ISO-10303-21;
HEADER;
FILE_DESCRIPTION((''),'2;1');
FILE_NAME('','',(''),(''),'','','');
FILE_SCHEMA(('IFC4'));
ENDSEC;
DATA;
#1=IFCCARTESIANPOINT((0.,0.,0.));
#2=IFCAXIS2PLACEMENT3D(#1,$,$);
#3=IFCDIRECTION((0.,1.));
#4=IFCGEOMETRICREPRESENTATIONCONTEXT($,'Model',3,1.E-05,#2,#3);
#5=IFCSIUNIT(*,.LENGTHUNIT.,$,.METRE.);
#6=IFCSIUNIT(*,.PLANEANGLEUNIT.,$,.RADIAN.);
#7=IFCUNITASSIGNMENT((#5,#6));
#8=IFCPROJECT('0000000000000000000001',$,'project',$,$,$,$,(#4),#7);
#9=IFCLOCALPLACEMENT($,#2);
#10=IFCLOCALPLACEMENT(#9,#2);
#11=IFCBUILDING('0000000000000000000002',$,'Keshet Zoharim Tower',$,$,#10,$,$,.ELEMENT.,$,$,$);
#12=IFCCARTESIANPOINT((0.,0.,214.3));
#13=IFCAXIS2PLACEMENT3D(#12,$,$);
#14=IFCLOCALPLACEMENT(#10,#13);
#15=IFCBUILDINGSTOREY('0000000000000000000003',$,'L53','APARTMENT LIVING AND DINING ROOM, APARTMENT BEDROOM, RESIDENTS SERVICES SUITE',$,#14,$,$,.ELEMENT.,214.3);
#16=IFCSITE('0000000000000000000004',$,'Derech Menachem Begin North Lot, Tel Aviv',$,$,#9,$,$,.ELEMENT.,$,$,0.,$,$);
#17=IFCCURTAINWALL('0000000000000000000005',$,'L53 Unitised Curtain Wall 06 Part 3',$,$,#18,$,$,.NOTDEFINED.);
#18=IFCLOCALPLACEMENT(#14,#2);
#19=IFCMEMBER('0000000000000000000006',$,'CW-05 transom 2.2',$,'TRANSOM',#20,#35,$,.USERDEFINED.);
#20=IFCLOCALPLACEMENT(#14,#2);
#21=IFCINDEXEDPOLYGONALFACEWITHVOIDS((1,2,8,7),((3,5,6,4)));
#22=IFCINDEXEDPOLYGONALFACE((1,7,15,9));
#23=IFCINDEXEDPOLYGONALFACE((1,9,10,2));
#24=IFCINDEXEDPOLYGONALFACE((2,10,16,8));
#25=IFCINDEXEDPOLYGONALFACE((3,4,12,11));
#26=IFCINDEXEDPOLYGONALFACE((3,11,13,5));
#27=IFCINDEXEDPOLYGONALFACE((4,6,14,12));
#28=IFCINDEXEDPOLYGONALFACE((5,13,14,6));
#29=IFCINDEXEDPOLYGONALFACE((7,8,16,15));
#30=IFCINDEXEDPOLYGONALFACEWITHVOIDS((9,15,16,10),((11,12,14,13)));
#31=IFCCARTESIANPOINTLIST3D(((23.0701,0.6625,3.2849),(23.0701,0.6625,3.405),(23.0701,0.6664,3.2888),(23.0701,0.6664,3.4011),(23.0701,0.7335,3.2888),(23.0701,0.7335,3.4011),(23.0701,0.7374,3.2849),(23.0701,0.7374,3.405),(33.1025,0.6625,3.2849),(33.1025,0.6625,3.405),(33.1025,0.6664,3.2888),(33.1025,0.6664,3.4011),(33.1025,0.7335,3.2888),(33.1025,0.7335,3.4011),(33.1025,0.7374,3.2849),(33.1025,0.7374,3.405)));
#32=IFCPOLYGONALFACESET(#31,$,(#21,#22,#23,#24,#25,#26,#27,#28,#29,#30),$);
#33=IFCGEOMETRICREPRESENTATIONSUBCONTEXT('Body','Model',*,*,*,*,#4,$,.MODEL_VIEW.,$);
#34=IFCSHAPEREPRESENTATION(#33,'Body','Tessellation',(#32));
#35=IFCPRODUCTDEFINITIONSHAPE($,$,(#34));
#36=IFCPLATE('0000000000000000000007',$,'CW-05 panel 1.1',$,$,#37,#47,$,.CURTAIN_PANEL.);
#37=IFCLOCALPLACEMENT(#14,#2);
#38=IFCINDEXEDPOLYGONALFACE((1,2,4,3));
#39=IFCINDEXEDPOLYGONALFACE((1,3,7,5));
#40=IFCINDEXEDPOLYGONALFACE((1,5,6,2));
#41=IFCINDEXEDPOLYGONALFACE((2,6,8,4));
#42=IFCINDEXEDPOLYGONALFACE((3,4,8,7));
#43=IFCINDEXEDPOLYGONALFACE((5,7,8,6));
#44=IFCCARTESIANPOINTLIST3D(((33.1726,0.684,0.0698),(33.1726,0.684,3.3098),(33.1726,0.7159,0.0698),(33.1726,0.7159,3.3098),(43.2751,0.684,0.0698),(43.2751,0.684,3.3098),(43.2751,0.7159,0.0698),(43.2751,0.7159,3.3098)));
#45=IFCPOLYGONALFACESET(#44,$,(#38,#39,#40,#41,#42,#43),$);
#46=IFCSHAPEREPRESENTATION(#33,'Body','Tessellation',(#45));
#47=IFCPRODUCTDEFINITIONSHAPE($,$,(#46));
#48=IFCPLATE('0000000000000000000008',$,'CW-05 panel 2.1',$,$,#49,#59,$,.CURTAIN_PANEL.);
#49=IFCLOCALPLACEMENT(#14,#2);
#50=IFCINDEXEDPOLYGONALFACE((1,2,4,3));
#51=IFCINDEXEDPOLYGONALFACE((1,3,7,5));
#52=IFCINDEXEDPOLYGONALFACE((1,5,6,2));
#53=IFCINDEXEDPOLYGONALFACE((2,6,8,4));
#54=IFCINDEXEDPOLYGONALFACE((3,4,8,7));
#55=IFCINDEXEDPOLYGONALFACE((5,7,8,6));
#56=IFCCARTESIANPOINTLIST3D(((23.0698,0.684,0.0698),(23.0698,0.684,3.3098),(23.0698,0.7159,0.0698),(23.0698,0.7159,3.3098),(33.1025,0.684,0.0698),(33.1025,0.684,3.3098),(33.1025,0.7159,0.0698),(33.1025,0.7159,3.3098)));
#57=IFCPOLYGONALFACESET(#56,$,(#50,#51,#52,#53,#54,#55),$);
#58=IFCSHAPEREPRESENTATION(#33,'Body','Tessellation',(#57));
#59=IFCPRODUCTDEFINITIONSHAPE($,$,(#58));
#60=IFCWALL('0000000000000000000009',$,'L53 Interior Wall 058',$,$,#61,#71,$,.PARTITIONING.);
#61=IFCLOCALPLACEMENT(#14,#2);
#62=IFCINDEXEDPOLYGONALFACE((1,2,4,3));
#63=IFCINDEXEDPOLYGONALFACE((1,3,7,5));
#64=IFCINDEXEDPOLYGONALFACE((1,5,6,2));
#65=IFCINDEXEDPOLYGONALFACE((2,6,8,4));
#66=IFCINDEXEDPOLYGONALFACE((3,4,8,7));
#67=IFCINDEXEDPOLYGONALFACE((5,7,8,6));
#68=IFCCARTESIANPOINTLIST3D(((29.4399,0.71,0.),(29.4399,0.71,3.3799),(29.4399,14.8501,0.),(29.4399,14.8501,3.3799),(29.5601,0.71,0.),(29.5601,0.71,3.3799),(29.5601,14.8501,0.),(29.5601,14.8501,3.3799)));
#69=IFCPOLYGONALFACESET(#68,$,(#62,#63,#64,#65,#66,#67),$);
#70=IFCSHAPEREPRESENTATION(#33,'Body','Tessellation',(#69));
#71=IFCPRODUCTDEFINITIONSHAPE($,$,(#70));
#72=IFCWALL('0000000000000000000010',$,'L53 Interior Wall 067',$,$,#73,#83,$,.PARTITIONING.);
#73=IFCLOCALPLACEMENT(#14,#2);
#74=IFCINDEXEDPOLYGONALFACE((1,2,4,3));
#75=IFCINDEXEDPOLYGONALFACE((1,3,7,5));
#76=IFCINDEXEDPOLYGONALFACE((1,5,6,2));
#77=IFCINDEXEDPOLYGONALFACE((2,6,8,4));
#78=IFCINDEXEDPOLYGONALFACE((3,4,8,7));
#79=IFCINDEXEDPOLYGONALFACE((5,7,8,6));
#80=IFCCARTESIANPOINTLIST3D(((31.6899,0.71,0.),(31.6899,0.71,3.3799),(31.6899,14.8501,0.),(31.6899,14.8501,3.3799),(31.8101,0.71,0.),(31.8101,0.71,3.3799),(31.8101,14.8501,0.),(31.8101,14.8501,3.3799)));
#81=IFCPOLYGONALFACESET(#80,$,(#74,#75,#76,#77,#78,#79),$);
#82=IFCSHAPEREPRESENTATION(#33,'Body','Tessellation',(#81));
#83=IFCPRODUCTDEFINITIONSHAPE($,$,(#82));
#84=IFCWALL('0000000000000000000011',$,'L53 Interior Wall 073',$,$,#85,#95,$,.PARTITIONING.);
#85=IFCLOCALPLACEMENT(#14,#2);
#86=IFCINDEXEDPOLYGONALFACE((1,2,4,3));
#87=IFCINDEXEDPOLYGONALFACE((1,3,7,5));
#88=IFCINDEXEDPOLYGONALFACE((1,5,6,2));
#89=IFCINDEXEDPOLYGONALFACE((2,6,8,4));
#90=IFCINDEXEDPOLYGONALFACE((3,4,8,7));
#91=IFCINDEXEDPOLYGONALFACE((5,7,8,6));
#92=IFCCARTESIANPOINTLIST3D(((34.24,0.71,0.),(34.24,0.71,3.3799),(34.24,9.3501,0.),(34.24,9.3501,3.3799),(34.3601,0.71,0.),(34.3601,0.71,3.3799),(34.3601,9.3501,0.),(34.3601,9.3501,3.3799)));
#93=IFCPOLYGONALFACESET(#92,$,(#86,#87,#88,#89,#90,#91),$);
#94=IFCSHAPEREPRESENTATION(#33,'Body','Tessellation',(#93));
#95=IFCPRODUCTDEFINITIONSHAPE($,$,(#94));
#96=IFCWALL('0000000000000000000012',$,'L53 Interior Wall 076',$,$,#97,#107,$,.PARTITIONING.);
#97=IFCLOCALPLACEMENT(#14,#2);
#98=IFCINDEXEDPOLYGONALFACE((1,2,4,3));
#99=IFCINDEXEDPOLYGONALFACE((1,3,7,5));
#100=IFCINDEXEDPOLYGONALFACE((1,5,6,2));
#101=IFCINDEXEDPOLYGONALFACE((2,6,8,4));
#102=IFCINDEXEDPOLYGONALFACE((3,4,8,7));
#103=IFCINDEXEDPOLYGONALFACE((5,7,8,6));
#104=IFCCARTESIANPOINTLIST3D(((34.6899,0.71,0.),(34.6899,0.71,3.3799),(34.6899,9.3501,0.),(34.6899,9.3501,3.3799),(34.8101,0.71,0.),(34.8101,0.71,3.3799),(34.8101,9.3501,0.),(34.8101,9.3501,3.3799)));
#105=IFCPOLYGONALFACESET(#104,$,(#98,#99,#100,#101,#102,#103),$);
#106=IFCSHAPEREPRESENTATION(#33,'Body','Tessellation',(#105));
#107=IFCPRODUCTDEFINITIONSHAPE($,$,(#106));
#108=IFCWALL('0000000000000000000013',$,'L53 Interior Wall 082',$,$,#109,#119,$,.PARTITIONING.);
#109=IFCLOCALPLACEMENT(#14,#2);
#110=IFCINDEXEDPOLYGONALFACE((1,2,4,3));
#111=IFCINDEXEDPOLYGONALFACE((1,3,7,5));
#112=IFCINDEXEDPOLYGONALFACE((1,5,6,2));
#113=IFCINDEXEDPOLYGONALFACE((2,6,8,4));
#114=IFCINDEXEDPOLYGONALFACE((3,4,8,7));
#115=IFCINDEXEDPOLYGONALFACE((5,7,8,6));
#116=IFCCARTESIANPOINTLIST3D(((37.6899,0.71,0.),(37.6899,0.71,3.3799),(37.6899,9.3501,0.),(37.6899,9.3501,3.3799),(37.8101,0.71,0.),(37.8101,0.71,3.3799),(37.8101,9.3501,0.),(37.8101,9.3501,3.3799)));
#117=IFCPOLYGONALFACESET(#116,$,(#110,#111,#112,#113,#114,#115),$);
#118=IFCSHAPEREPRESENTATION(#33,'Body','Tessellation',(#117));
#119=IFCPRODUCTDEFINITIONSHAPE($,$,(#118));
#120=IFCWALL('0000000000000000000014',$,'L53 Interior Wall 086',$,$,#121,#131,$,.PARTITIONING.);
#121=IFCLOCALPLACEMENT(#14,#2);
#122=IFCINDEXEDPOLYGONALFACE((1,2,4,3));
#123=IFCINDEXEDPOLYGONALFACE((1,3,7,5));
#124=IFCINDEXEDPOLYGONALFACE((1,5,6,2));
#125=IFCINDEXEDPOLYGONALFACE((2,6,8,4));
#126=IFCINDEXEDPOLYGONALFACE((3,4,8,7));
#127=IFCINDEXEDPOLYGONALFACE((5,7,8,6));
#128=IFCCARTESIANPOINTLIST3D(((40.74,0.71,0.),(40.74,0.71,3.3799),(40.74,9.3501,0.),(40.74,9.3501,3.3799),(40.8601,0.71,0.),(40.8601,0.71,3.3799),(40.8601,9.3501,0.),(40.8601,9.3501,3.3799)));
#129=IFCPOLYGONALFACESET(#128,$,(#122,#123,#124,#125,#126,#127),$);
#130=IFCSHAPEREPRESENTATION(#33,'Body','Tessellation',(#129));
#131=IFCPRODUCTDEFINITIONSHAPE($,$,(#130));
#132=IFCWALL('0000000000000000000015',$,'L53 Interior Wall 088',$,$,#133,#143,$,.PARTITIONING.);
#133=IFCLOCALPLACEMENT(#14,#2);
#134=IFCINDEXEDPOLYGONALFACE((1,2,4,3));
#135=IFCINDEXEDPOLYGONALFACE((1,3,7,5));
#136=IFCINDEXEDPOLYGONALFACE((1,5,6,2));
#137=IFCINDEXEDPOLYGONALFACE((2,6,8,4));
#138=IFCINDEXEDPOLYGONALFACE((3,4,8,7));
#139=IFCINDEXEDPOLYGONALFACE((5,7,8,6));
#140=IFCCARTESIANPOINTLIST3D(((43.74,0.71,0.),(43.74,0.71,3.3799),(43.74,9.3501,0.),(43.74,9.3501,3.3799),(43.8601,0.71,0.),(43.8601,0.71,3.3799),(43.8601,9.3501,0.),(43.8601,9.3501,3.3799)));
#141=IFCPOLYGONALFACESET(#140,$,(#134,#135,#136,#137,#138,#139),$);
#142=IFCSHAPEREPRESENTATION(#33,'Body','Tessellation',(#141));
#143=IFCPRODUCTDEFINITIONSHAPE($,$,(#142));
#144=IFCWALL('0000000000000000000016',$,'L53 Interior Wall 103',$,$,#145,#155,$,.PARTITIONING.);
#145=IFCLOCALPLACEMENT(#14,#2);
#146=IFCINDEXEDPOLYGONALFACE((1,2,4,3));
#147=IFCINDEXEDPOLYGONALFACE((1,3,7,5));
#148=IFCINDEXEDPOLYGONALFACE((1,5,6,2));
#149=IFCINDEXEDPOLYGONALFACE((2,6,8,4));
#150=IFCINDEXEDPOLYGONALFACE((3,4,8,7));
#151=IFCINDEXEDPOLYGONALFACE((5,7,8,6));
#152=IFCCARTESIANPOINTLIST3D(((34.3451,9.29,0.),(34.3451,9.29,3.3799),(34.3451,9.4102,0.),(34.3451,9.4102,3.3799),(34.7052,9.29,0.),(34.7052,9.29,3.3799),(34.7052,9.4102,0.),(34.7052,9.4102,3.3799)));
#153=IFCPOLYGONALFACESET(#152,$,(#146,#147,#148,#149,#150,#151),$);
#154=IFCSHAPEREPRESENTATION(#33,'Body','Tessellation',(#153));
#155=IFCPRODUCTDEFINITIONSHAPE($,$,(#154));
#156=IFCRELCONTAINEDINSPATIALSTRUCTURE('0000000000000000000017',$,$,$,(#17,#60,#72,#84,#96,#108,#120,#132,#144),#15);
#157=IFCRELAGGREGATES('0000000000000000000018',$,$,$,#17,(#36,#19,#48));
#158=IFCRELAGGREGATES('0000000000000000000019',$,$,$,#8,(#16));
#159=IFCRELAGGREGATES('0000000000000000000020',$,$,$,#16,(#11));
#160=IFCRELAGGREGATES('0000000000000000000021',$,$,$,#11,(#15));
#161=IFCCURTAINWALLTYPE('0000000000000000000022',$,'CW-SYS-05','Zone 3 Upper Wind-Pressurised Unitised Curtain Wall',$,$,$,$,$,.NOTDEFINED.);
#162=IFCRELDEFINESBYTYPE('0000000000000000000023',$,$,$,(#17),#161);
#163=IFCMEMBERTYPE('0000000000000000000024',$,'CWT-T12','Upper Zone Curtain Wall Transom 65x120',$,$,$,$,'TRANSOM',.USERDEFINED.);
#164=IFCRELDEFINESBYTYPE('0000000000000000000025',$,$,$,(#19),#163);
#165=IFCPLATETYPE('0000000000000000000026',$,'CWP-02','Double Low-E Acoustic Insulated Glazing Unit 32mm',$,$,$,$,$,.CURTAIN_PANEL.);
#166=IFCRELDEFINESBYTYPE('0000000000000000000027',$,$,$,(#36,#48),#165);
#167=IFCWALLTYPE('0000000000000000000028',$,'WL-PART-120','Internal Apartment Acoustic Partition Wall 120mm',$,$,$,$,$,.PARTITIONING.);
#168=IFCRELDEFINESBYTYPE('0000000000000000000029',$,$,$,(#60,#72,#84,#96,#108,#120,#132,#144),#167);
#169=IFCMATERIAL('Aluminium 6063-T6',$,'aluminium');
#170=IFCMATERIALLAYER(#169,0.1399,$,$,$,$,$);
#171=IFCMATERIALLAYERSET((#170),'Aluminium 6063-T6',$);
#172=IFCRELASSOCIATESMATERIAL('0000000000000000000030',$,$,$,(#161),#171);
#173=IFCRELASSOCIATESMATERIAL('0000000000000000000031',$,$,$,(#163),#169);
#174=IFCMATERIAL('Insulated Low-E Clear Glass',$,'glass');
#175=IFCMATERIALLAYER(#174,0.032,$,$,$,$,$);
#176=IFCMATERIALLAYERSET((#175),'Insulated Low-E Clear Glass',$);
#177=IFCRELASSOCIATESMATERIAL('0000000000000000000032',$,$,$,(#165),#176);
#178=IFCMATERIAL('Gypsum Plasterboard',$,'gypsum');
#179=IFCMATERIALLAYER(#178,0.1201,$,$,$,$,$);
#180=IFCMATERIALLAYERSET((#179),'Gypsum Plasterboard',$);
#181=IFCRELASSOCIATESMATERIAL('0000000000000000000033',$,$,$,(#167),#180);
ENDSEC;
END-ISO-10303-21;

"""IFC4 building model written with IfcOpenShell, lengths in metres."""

from ifc_helpers import new_model, si_unit, direction, frame, frame_2d, origin, origin_2d, place, context, subcontext, project, spatial, rectangle, hollow_rectangle, extrude, material, layer, layer_set, material_profile, profile_set, type_object, element, aggregate, save


model = new_model("IFC4")

# Units and contexts
model_context = context("Model", 3, precision=1e-05, world=origin(), true_north=direction((0.0, 1.0)))
body_context = subcontext(model_context, "Body", "Model", "MODEL_VIEW")
ifc_project = project(units=[si_unit("LENGTHUNIT", "METRE"), si_unit("PLANEANGLEUNIT", "RADIAN")], contexts=[model_context])

# Site, building, storey
site_placement = place(None, origin())
site = spatial("IfcSite", under=ifc_project, at=site_placement, Name="Derech Menachem Begin North Lot, Tel Aviv", CompositionType="ELEMENT", RefElevation=0.0)
building_placement = place(site_placement, origin())
building = spatial("IfcBuilding", under=site, at=building_placement, Name="Keshet Zoharim Tower", CompositionType="ELEMENT")
storey_placement = place(building_placement, frame((0.0, 0.0, 214.3)))
storey = spatial("IfcBuildingStorey", under=building, at=storey_placement, Name="L53", Description="APARTMENT LIVING AND DINING ROOM, APARTMENT BEDROOM, RESIDENTS SERVICES SUITE", CompositionType="ELEMENT", Elevation=214.3)

# Shared definitions
ifc_material_1 = material(Name="Aluminium 6063-T6", Category="aluminium")
ifc_layer_1 = layer(ifc_material_1, 0.1399)
ifc_layer_set_1 = layer_set([ifc_layer_1], Name="Aluminium 6063-T6")
curtain_wall_type = type_object("IfcCurtainWallType", Name="CW-SYS-05", Description="Zone 3 Upper Wind-Pressurised Unitised Curtain Wall", PredefinedType="NOTDEFINED", material=ifc_layer_set_1)

# Curtain wall, member, plates
curtain_wall_1_placement = place(storey_placement, origin())
curtain_wall_1 = element("IfcCurtainWall", 1, at=curtain_wall_1_placement, inside=storey, type_object=curtain_wall_type, Name="L53 Unitised Curtain Wall 06 Part 3", PredefinedType="NOTDEFINED")
ifc_material_profile_1 = material_profile(ifc_material_1, hollow_rectangle(XDim=0.075, YDim=0.1201, WallThickness=0.0039, at=origin_2d()), Name="TRN-75x120")
ifc_profile_set_1 = profile_set([ifc_material_profile_1], Name="Aluminium 6063-T6")
member_type_1 = type_object("IfcMemberType", Name="CWT-T12", Description="Upper Zone Curtain Wall Transom 65x120", ElementType="TRANSOM", PredefinedType="USERDEFINED", material=ifc_profile_set_1)
member_1_placement = place(storey_placement, frame((33.1025, 0.7, 3.345), z_axis=(-1.0, 0.0, 0.0), x_axis=(0.0, -1.0, 0.0)))
member_1 = element("IfcMember", 2, at=member_1_placement, type_object=member_type_1, Name="CW-05 transom 2.2", ObjectType="TRANSOM", PredefinedType="USERDEFINED", context=body_context, shape_type="SweptSolid", body=[
    extrude(hollow_rectangle(XDim=0.075, YDim=0.1201, WallThickness=0.0039, at=origin_2d()), origin(), (0.0, 0.0, 1.0), 10.0325),
])
ifc_material_2 = material(Name="Insulated Low-E Clear Glass", Category="glass")
ifc_layer_2 = layer(ifc_material_2, 0.032)
ifc_layer_set_2 = layer_set([ifc_layer_2], Name="Insulated Low-E Clear Glass")
plate_type = type_object("IfcPlateType", Name="CWP-02", Description="Double Low-E Acoustic Insulated Glazing Unit 32mm", PredefinedType="CURTAIN_PANEL", material=ifc_layer_set_2)
plate_1_placement = place(storey_placement, frame((38.2239, 0.7, 0.0698), z_axis=(0.0, 0.0, 1.0), x_axis=(-1.0, 0.0, 0.0)))
plate_1 = element("IfcPlate", 3, at=plate_1_placement, type_object=plate_type, Name="CW-05 panel 1.1", PredefinedType="CURTAIN_PANEL", context=body_context, shape_type="SweptSolid", body=[
    extrude(rectangle(XDim=10.1025, YDim=0.032, at=origin_2d()), origin(), (0.0, 0.0, 1.0), 3.24),
])
plate_2_placement = place(storey_placement, frame((28.0862, 0.7, 0.0698), z_axis=(0.0, 0.0, 1.0), x_axis=(-1.0, 0.0, 0.0)))
plate_2 = element("IfcPlate", 4, at=plate_2_placement, type_object=plate_type, Name="CW-05 panel 2.1", PredefinedType="CURTAIN_PANEL", context=body_context, shape_type="SweptSolid", body=[
    extrude(rectangle(XDim=10.0327, YDim=0.032, at=origin_2d()), origin(), (0.0, 0.0, 1.0), 3.24),
])
aggregate(curtain_wall_1, [plate_1, member_1, plate_2])

# Walls
ifc_material_3 = material(Name="Gypsum Plasterboard", Category="gypsum")
ifc_layer_3 = layer(ifc_material_3, 0.1201)
ifc_layer_set_3 = layer_set([ifc_layer_3], Name="Gypsum Plasterboard")
wall_type = type_object("IfcWallType", Name="WL-PART-120", Description="Internal Apartment Acoustic Partition Wall 120mm", PredefinedType="PARTITIONING", material=ifc_layer_set_3)
for number, where, z_axis, x_axis, name in (
    (5, (29.5, 0.71, 0.0), (0.0, 0.0, 1.0), (0.0, 1.0, 0.0), "L53 Interior Wall 058"),
    (6, (31.75, 0.71, 0.0), (0.0, 0.0, 1.0), (0.0, 1.0, 0.0), "L53 Interior Wall 067"),
):
    element("IfcWall", number, at=place(storey_placement, frame(where, z_axis=z_axis, x_axis=x_axis)), inside=storey, type_object=wall_type, Name=name, PredefinedType="PARTITIONING", context=body_context, shape_type="SweptSolid", body=[
        extrude(rectangle(XDim=14.1401, YDim=0.1201, at=frame_2d((7.0701, 0.0))), origin(), (0.0, 0.0, 1.0), 3.3799),
    ])
for number, where, z_axis, x_axis, name in (
    (7, (34.3, 0.71, 0.0), (0.0, 0.0, 1.0), (0.0, 1.0, 0.0), "L53 Interior Wall 073"),
    (8, (34.75, 0.71, 0.0), (0.0, 0.0, 1.0), (0.0, 1.0, 0.0), "L53 Interior Wall 076"),
    (9, (37.75, 0.71, 0.0), (0.0, 0.0, 1.0), (0.0, 1.0, 0.0), "L53 Interior Wall 082"),
    (10, (40.8, 0.71, 0.0), (0.0, 0.0, 1.0), (0.0, 1.0, 0.0), "L53 Interior Wall 086"),
    (11, (43.8, 0.71, 0.0), (0.0, 0.0, 1.0), (0.0, 1.0, 0.0), "L53 Interior Wall 088"),
):
    element("IfcWall", number, at=place(storey_placement, frame(where, z_axis=z_axis, x_axis=x_axis)), inside=storey, type_object=wall_type, Name=name, PredefinedType="PARTITIONING", context=body_context, shape_type="SweptSolid", body=[
        extrude(rectangle(XDim=8.6401, YDim=0.1201, at=frame_2d((4.3201, 0.0))), origin(), (0.0, 0.0, 1.0), 3.3799),
    ])
wall_1_placement = place(storey_placement, frame((34.345, 9.3501, 0.0), z_axis=(0.0, 0.0, 1.0), x_axis=(1.0, 0.0, 0.0)))
element("IfcWall", 12, at=wall_1_placement, inside=storey, type_object=wall_type, Name="L53 Interior Wall 103", PredefinedType="PARTITIONING", context=body_context, shape_type="SweptSolid", body=[
    extrude(rectangle(XDim=0.3601, YDim=0.1201, at=frame_2d((0.1802, 0.0))), origin(), (0.0, 0.0, 1.0), 3.3799),
])

save(model, "model.ifc")
